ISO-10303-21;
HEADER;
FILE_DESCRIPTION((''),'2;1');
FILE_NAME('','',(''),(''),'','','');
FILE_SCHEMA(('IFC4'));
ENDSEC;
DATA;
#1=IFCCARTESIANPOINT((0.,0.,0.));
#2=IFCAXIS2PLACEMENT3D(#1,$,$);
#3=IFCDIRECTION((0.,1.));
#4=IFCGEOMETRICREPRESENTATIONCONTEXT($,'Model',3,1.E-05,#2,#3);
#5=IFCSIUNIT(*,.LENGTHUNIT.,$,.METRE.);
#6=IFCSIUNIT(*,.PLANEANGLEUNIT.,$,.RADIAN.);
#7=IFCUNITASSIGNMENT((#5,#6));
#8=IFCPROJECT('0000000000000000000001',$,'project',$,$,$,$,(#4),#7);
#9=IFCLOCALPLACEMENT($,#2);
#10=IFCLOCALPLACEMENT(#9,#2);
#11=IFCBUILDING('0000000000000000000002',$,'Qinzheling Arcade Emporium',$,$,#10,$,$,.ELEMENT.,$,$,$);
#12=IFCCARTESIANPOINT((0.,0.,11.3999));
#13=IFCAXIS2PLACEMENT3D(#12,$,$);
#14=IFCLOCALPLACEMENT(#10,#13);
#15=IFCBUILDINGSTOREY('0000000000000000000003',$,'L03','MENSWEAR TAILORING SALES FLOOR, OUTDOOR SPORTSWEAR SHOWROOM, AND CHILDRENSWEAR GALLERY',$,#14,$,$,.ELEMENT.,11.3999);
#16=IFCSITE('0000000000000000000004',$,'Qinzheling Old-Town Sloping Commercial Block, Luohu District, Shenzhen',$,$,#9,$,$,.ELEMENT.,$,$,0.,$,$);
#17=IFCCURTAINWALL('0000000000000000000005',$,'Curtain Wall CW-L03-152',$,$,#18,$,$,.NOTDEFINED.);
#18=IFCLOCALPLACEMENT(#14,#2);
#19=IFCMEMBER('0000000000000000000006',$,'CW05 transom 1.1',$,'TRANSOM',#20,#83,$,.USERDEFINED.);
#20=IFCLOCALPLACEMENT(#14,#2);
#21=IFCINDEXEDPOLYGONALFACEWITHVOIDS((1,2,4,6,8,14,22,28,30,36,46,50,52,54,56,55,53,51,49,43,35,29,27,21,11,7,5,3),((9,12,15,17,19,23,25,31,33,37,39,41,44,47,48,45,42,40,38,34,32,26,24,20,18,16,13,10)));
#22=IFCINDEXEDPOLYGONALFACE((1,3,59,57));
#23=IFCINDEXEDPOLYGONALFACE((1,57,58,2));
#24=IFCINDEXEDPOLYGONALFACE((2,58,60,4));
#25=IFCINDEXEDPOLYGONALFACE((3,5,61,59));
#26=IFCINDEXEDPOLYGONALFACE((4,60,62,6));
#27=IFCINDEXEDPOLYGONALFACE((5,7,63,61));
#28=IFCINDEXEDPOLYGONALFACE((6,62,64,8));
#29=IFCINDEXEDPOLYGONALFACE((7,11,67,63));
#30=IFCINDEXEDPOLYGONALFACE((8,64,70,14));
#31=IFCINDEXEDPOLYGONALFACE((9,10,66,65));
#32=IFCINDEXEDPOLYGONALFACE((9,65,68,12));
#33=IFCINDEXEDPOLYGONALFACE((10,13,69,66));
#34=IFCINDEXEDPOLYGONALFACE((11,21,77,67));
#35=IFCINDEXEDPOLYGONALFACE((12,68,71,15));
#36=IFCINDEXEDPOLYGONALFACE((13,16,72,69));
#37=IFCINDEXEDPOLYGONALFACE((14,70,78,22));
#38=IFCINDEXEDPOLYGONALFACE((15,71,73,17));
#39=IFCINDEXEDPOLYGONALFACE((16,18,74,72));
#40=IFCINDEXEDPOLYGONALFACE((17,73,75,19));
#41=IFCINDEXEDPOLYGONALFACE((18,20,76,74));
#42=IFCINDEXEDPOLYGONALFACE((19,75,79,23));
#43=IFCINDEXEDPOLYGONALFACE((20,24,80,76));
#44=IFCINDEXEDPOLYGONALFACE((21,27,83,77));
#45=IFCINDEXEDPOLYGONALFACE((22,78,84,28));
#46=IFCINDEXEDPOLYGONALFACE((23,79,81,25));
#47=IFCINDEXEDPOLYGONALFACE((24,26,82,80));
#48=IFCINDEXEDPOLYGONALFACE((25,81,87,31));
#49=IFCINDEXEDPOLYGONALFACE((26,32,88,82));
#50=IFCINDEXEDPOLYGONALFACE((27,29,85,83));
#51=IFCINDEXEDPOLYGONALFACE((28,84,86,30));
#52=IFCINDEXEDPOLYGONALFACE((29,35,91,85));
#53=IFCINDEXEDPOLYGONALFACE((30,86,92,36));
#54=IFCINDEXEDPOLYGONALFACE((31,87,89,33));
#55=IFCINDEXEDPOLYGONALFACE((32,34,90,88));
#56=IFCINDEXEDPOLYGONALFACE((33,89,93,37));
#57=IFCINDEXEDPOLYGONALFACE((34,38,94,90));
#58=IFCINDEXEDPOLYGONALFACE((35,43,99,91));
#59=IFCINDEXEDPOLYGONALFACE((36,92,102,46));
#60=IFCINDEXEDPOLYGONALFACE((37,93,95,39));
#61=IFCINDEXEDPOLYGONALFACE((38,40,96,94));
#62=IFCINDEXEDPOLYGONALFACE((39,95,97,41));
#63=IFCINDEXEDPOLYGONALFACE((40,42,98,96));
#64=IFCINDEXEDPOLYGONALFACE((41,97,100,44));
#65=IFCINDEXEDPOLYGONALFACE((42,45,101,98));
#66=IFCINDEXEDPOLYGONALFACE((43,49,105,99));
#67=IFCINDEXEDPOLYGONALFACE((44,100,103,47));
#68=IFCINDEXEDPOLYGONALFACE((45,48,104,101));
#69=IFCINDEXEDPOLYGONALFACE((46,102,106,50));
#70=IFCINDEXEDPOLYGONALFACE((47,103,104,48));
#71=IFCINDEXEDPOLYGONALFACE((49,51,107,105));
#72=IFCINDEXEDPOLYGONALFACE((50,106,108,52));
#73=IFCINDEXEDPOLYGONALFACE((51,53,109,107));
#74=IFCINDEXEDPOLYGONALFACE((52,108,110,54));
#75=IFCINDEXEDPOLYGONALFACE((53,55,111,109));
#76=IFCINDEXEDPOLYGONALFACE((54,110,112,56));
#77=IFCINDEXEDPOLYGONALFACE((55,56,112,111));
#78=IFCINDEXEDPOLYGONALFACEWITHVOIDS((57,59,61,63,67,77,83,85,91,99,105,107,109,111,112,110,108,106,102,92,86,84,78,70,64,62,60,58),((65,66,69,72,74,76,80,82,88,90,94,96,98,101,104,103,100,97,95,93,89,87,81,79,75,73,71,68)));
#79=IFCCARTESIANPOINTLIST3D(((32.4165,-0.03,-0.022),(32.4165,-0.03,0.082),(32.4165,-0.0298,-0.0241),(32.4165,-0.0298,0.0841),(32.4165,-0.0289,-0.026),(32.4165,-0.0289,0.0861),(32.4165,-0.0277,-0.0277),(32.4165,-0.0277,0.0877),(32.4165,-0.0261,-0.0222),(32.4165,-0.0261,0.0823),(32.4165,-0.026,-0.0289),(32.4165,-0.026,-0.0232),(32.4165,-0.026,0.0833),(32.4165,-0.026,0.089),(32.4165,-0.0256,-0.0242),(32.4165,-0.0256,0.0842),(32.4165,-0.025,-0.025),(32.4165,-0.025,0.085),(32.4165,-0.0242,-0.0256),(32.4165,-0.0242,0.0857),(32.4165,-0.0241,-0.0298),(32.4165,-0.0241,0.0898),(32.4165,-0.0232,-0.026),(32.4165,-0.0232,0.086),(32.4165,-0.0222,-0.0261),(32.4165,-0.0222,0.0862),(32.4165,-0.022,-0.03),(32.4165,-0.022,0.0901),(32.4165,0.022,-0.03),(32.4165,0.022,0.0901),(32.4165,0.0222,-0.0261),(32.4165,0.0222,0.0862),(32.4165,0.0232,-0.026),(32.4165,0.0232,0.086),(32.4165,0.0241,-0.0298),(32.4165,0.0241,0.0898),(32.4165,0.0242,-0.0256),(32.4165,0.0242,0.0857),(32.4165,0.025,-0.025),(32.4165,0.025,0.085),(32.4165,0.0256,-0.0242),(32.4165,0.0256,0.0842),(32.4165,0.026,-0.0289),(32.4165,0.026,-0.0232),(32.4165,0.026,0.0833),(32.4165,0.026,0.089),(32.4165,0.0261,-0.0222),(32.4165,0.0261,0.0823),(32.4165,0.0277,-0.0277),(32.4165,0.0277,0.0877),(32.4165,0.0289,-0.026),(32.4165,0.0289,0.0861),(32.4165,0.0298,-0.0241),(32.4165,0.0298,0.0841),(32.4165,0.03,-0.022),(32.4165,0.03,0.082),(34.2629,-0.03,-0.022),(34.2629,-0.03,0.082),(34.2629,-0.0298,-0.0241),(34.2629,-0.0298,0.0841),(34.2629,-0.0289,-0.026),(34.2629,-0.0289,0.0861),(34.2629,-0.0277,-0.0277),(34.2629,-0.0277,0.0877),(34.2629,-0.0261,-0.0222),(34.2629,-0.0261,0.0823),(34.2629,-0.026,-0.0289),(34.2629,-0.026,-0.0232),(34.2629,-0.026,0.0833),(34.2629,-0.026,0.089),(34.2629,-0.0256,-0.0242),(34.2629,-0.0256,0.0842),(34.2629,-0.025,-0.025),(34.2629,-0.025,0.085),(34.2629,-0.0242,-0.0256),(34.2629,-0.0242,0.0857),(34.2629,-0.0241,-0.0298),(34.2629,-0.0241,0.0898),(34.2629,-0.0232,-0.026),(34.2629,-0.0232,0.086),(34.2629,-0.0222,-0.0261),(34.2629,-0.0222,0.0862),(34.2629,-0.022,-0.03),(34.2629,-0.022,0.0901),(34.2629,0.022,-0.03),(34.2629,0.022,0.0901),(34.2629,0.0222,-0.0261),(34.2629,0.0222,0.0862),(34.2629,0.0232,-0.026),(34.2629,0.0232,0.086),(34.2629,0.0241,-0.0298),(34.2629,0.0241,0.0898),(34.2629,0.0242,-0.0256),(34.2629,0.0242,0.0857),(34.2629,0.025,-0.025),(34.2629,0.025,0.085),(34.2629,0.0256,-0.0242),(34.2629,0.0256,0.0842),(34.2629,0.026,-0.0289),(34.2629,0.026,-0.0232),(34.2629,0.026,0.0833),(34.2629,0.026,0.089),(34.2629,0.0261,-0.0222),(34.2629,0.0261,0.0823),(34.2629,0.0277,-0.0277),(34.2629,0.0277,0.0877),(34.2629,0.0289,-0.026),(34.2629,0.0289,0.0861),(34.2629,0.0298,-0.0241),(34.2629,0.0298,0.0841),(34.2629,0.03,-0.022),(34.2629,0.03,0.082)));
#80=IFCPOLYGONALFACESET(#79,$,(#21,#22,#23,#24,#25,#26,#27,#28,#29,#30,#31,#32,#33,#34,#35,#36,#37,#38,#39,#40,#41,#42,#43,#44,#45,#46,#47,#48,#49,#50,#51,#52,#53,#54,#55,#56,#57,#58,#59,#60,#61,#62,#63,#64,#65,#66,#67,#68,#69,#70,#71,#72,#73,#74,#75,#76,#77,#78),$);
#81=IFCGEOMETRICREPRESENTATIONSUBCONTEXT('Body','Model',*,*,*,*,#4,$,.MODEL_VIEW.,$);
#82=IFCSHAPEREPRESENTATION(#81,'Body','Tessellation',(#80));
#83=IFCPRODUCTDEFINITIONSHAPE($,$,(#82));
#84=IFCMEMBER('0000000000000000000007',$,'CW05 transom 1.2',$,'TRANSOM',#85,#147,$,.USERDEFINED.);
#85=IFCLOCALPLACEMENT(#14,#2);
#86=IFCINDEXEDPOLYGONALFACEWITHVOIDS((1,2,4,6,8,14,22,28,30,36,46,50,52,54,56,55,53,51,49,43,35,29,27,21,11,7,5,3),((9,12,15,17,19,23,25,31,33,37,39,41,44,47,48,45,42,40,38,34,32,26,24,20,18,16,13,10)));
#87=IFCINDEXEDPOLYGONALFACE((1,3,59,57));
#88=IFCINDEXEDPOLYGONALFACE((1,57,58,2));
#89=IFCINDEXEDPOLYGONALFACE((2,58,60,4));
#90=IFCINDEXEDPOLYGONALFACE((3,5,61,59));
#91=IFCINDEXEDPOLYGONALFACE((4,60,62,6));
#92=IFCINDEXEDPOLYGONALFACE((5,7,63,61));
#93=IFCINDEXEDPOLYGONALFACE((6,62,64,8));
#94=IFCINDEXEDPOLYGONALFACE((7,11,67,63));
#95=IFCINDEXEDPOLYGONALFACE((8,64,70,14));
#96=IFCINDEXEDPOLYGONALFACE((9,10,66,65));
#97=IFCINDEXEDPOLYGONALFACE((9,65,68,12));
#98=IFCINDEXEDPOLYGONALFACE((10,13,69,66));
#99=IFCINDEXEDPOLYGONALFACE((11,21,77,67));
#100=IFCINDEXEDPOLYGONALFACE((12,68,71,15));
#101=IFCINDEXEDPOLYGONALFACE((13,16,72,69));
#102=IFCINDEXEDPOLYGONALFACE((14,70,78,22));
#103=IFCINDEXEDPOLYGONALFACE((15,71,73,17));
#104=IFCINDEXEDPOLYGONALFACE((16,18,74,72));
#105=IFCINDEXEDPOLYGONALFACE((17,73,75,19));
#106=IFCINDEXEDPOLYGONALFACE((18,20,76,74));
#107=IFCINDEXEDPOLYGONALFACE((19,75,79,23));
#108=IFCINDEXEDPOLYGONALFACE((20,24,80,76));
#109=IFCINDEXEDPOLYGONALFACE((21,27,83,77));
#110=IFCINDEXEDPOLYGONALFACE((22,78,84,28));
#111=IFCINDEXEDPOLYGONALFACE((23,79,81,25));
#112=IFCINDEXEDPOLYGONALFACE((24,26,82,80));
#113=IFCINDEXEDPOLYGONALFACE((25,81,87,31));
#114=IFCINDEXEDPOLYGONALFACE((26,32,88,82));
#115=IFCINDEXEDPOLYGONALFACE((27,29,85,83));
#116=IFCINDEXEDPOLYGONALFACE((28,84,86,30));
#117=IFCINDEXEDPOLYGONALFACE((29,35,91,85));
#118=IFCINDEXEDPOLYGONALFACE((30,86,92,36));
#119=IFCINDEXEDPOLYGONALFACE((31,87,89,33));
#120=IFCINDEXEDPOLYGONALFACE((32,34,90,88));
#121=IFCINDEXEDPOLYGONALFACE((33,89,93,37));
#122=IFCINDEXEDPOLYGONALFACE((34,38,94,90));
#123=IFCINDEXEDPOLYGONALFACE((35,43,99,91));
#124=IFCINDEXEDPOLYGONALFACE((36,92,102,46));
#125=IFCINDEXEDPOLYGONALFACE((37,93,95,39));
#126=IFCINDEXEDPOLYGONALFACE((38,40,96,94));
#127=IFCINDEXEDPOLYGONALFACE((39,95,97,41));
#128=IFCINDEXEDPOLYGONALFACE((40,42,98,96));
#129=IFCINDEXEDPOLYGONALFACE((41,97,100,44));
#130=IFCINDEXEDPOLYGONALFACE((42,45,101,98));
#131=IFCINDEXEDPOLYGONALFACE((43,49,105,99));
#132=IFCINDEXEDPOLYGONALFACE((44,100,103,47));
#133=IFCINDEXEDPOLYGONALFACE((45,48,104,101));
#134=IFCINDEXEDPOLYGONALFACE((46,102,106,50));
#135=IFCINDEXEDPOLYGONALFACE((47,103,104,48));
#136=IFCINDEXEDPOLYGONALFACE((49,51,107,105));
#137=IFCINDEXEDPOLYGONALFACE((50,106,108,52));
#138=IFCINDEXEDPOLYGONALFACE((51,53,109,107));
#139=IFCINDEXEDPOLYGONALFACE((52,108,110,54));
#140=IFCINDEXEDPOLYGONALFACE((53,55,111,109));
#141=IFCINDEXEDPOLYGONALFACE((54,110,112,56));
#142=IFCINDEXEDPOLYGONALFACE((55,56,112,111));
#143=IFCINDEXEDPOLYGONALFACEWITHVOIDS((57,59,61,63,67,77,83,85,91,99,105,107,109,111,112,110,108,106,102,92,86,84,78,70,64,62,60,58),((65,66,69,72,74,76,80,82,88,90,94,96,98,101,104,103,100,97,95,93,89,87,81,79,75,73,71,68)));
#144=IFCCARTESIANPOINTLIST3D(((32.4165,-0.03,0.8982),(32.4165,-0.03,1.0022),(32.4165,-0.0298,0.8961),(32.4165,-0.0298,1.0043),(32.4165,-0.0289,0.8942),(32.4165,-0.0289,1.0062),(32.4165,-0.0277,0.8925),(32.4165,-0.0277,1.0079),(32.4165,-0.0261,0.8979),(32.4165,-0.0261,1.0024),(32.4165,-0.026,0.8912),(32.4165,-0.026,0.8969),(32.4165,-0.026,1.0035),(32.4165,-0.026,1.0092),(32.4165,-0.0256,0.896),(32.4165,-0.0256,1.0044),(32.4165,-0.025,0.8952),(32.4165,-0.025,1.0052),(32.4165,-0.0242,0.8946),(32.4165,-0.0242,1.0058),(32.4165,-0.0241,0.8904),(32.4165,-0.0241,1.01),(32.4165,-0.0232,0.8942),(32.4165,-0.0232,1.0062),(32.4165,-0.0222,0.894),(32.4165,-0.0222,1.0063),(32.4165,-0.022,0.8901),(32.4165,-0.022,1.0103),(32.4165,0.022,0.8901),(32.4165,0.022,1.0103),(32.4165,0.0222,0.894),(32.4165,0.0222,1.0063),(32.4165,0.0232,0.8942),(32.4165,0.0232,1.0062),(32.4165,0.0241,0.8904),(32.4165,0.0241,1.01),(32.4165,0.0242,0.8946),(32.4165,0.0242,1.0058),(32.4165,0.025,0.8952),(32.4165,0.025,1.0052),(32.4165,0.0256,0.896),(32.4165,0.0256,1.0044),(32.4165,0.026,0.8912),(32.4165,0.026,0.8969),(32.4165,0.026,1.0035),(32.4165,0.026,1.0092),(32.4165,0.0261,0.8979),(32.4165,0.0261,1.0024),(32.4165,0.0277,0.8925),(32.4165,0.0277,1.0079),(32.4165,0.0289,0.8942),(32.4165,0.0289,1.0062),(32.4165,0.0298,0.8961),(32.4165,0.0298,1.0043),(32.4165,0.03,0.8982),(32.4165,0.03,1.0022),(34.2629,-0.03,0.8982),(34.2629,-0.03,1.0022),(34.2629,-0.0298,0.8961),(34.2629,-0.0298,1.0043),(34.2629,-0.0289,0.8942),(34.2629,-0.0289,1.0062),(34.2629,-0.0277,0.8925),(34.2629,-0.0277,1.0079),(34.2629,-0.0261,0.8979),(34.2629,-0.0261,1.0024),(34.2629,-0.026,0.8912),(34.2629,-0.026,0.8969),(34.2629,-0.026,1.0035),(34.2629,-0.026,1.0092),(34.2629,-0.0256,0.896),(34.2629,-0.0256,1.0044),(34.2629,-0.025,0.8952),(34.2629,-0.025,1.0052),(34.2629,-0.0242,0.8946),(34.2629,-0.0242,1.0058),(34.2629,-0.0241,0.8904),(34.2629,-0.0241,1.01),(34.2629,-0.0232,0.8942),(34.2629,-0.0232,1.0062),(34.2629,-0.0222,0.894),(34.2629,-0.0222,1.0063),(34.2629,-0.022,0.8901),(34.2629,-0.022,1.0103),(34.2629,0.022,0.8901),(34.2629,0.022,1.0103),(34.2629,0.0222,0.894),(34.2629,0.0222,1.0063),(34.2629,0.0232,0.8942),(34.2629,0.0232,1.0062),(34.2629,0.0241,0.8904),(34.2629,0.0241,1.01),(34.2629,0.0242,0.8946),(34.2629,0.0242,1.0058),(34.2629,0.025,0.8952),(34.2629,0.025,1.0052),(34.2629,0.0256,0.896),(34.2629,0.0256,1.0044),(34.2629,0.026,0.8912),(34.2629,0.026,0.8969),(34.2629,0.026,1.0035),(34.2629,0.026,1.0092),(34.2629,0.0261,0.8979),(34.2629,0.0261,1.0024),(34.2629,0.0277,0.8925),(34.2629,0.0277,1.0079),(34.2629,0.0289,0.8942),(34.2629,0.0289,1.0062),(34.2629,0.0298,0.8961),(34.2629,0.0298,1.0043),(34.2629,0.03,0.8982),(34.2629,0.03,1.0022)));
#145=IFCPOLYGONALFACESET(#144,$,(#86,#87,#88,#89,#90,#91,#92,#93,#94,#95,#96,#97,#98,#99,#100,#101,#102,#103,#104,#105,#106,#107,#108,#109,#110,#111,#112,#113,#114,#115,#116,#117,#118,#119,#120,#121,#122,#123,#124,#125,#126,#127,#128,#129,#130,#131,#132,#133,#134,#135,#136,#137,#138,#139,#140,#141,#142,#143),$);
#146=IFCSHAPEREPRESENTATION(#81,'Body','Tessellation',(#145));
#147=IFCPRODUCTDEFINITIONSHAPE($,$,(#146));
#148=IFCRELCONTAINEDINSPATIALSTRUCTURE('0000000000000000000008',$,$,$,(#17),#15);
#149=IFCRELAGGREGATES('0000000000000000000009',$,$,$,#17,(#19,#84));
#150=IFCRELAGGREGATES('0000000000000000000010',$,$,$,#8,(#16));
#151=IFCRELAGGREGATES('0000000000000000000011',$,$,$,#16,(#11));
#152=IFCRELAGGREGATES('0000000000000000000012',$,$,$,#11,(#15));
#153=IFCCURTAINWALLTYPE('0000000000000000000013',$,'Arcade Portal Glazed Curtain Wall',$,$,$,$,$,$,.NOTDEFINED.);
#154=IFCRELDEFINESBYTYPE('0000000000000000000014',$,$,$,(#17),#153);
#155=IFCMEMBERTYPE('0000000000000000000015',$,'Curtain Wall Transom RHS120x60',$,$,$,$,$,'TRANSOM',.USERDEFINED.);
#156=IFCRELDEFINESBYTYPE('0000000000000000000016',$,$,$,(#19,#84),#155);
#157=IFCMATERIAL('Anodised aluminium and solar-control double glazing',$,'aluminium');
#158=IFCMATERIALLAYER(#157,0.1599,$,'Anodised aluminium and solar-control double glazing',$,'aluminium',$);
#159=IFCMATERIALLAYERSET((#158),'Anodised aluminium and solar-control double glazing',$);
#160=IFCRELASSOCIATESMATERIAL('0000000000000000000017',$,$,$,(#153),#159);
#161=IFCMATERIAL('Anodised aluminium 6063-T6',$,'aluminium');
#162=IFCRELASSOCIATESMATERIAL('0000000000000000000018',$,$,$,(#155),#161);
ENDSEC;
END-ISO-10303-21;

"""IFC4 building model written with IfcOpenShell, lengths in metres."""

from ifc_helpers import new_model, si_unit, direction, frame, origin, origin_2d, place, context, subcontext, project, spatial, hollow_rectangle, extrude, material, layer, layer_set, material_profile, profile_set, type_object, element, aggregate, save


model = new_model("IFC4")

# Units and contexts
model_context = context("Model", 3, precision=1e-05, world=origin(), true_north=direction((0.0, 1.0)))
body_context = subcontext(model_context, "Body", "Model", "MODEL_VIEW")
ifc_project = project(units=[si_unit("LENGTHUNIT", "METRE"), si_unit("PLANEANGLEUNIT", "RADIAN")], contexts=[model_context])

# Site, building, storey
site_placement = place(None, origin())
site = spatial("IfcSite", under=ifc_project, at=site_placement, Name="Qinzheling Old-Town Sloping Commercial Block, Luohu District, Shenzhen", CompositionType="ELEMENT", RefElevation=0.0)
building_placement = place(site_placement, origin())
building = spatial("IfcBuilding", under=site, at=building_placement, Name="Qinzheling Arcade Emporium", CompositionType="ELEMENT")
storey_placement = place(building_placement, frame((0.0, 0.0, 11.3999)))
storey = spatial("IfcBuildingStorey", under=building, at=storey_placement, Name="L03", Description="MENSWEAR TAILORING SALES FLOOR, OUTDOOR SPORTSWEAR SHOWROOM, AND CHILDRENSWEAR GALLERY", CompositionType="ELEMENT", Elevation=11.3999)

# Curtain wall, members
ifc_material_1 = material(Name="Anodised aluminium and solar-control double glazing", Category="aluminium")
ifc_layer_1 = layer(ifc_material_1, 0.1599, Name="Anodised aluminium and solar-control double glazing", Category="aluminium")
ifc_layer_set_1 = layer_set([ifc_layer_1], Name="Anodised aluminium and solar-control double glazing")
curtain_wall_type = type_object("IfcCurtainWallType", Name="Arcade Portal Glazed Curtain Wall", PredefinedType="NOTDEFINED", material=ifc_layer_set_1)
curtain_wall_placement = place(storey_placement, origin())
curtain_wall = element("IfcCurtainWall", 1, at=curtain_wall_placement, inside=storey, type_object=curtain_wall_type, Name="Curtain Wall CW-L03-152", PredefinedType="NOTDEFINED")
ifc_material_2 = material(Name="Anodised aluminium 6063-T6", Category="aluminium")
ifc_material_profile_1 = material_profile(ifc_material_2, hollow_rectangle(XDim=0.0601, YDim=0.1201, WallThickness=0.0039, InnerFilletRadius=0.0039, OuterFilletRadius=0.0081, at=origin_2d()), Name="RHS 120x60x4", Category="aluminium")
ifc_profile_set_1 = profile_set([ifc_material_profile_1], Name="Anodised aluminium 6063-T6")
member_type_1 = type_object("IfcMemberType", Name="Curtain Wall Transom RHS120x60", ElementType="TRANSOM", PredefinedType="USERDEFINED", material=ifc_profile_set_1)
member_1_placement = place(storey_placement, frame((34.2629, 0.0, 0.03), z_axis=(-1.0, 0.0, 0.0), x_axis=(0.0, -1.0, 0.0)))
member_1 = element("IfcMember", 2, at=member_1_placement, type_object=member_type_1, Name="CW05 transom 1.1", ObjectType="TRANSOM", PredefinedType="USERDEFINED", context=body_context, shape_type="SweptSolid", body=[
    extrude(hollow_rectangle(XDim=0.0601, YDim=0.1201, WallThickness=0.0039, InnerFilletRadius=0.0039, OuterFilletRadius=0.0081, at=origin_2d()), origin(), (0.0, 0.0, 1.0), 1.8464),
])
member_2_placement = place(storey_placement, frame((34.2629, 0.0, 0.9502), z_axis=(-1.0, 0.0, 0.0), x_axis=(0.0, -1.0, 0.0)))
member_2 = element("IfcMember", 3, at=member_2_placement, type_object=member_type_1, Name="CW05 transom 1.2", ObjectType="TRANSOM", PredefinedType="USERDEFINED", context=body_context, shape_type="SweptSolid", body=[
    extrude(hollow_rectangle(XDim=0.0601, YDim=0.1201, WallThickness=0.0039, InnerFilletRadius=0.0039, OuterFilletRadius=0.0081, at=origin_2d()), origin(), (0.0, 0.0, 1.0), 1.8464),
])

aggregate(curtain_wall, [member_1, member_2])

save(model, "model.ifc")
